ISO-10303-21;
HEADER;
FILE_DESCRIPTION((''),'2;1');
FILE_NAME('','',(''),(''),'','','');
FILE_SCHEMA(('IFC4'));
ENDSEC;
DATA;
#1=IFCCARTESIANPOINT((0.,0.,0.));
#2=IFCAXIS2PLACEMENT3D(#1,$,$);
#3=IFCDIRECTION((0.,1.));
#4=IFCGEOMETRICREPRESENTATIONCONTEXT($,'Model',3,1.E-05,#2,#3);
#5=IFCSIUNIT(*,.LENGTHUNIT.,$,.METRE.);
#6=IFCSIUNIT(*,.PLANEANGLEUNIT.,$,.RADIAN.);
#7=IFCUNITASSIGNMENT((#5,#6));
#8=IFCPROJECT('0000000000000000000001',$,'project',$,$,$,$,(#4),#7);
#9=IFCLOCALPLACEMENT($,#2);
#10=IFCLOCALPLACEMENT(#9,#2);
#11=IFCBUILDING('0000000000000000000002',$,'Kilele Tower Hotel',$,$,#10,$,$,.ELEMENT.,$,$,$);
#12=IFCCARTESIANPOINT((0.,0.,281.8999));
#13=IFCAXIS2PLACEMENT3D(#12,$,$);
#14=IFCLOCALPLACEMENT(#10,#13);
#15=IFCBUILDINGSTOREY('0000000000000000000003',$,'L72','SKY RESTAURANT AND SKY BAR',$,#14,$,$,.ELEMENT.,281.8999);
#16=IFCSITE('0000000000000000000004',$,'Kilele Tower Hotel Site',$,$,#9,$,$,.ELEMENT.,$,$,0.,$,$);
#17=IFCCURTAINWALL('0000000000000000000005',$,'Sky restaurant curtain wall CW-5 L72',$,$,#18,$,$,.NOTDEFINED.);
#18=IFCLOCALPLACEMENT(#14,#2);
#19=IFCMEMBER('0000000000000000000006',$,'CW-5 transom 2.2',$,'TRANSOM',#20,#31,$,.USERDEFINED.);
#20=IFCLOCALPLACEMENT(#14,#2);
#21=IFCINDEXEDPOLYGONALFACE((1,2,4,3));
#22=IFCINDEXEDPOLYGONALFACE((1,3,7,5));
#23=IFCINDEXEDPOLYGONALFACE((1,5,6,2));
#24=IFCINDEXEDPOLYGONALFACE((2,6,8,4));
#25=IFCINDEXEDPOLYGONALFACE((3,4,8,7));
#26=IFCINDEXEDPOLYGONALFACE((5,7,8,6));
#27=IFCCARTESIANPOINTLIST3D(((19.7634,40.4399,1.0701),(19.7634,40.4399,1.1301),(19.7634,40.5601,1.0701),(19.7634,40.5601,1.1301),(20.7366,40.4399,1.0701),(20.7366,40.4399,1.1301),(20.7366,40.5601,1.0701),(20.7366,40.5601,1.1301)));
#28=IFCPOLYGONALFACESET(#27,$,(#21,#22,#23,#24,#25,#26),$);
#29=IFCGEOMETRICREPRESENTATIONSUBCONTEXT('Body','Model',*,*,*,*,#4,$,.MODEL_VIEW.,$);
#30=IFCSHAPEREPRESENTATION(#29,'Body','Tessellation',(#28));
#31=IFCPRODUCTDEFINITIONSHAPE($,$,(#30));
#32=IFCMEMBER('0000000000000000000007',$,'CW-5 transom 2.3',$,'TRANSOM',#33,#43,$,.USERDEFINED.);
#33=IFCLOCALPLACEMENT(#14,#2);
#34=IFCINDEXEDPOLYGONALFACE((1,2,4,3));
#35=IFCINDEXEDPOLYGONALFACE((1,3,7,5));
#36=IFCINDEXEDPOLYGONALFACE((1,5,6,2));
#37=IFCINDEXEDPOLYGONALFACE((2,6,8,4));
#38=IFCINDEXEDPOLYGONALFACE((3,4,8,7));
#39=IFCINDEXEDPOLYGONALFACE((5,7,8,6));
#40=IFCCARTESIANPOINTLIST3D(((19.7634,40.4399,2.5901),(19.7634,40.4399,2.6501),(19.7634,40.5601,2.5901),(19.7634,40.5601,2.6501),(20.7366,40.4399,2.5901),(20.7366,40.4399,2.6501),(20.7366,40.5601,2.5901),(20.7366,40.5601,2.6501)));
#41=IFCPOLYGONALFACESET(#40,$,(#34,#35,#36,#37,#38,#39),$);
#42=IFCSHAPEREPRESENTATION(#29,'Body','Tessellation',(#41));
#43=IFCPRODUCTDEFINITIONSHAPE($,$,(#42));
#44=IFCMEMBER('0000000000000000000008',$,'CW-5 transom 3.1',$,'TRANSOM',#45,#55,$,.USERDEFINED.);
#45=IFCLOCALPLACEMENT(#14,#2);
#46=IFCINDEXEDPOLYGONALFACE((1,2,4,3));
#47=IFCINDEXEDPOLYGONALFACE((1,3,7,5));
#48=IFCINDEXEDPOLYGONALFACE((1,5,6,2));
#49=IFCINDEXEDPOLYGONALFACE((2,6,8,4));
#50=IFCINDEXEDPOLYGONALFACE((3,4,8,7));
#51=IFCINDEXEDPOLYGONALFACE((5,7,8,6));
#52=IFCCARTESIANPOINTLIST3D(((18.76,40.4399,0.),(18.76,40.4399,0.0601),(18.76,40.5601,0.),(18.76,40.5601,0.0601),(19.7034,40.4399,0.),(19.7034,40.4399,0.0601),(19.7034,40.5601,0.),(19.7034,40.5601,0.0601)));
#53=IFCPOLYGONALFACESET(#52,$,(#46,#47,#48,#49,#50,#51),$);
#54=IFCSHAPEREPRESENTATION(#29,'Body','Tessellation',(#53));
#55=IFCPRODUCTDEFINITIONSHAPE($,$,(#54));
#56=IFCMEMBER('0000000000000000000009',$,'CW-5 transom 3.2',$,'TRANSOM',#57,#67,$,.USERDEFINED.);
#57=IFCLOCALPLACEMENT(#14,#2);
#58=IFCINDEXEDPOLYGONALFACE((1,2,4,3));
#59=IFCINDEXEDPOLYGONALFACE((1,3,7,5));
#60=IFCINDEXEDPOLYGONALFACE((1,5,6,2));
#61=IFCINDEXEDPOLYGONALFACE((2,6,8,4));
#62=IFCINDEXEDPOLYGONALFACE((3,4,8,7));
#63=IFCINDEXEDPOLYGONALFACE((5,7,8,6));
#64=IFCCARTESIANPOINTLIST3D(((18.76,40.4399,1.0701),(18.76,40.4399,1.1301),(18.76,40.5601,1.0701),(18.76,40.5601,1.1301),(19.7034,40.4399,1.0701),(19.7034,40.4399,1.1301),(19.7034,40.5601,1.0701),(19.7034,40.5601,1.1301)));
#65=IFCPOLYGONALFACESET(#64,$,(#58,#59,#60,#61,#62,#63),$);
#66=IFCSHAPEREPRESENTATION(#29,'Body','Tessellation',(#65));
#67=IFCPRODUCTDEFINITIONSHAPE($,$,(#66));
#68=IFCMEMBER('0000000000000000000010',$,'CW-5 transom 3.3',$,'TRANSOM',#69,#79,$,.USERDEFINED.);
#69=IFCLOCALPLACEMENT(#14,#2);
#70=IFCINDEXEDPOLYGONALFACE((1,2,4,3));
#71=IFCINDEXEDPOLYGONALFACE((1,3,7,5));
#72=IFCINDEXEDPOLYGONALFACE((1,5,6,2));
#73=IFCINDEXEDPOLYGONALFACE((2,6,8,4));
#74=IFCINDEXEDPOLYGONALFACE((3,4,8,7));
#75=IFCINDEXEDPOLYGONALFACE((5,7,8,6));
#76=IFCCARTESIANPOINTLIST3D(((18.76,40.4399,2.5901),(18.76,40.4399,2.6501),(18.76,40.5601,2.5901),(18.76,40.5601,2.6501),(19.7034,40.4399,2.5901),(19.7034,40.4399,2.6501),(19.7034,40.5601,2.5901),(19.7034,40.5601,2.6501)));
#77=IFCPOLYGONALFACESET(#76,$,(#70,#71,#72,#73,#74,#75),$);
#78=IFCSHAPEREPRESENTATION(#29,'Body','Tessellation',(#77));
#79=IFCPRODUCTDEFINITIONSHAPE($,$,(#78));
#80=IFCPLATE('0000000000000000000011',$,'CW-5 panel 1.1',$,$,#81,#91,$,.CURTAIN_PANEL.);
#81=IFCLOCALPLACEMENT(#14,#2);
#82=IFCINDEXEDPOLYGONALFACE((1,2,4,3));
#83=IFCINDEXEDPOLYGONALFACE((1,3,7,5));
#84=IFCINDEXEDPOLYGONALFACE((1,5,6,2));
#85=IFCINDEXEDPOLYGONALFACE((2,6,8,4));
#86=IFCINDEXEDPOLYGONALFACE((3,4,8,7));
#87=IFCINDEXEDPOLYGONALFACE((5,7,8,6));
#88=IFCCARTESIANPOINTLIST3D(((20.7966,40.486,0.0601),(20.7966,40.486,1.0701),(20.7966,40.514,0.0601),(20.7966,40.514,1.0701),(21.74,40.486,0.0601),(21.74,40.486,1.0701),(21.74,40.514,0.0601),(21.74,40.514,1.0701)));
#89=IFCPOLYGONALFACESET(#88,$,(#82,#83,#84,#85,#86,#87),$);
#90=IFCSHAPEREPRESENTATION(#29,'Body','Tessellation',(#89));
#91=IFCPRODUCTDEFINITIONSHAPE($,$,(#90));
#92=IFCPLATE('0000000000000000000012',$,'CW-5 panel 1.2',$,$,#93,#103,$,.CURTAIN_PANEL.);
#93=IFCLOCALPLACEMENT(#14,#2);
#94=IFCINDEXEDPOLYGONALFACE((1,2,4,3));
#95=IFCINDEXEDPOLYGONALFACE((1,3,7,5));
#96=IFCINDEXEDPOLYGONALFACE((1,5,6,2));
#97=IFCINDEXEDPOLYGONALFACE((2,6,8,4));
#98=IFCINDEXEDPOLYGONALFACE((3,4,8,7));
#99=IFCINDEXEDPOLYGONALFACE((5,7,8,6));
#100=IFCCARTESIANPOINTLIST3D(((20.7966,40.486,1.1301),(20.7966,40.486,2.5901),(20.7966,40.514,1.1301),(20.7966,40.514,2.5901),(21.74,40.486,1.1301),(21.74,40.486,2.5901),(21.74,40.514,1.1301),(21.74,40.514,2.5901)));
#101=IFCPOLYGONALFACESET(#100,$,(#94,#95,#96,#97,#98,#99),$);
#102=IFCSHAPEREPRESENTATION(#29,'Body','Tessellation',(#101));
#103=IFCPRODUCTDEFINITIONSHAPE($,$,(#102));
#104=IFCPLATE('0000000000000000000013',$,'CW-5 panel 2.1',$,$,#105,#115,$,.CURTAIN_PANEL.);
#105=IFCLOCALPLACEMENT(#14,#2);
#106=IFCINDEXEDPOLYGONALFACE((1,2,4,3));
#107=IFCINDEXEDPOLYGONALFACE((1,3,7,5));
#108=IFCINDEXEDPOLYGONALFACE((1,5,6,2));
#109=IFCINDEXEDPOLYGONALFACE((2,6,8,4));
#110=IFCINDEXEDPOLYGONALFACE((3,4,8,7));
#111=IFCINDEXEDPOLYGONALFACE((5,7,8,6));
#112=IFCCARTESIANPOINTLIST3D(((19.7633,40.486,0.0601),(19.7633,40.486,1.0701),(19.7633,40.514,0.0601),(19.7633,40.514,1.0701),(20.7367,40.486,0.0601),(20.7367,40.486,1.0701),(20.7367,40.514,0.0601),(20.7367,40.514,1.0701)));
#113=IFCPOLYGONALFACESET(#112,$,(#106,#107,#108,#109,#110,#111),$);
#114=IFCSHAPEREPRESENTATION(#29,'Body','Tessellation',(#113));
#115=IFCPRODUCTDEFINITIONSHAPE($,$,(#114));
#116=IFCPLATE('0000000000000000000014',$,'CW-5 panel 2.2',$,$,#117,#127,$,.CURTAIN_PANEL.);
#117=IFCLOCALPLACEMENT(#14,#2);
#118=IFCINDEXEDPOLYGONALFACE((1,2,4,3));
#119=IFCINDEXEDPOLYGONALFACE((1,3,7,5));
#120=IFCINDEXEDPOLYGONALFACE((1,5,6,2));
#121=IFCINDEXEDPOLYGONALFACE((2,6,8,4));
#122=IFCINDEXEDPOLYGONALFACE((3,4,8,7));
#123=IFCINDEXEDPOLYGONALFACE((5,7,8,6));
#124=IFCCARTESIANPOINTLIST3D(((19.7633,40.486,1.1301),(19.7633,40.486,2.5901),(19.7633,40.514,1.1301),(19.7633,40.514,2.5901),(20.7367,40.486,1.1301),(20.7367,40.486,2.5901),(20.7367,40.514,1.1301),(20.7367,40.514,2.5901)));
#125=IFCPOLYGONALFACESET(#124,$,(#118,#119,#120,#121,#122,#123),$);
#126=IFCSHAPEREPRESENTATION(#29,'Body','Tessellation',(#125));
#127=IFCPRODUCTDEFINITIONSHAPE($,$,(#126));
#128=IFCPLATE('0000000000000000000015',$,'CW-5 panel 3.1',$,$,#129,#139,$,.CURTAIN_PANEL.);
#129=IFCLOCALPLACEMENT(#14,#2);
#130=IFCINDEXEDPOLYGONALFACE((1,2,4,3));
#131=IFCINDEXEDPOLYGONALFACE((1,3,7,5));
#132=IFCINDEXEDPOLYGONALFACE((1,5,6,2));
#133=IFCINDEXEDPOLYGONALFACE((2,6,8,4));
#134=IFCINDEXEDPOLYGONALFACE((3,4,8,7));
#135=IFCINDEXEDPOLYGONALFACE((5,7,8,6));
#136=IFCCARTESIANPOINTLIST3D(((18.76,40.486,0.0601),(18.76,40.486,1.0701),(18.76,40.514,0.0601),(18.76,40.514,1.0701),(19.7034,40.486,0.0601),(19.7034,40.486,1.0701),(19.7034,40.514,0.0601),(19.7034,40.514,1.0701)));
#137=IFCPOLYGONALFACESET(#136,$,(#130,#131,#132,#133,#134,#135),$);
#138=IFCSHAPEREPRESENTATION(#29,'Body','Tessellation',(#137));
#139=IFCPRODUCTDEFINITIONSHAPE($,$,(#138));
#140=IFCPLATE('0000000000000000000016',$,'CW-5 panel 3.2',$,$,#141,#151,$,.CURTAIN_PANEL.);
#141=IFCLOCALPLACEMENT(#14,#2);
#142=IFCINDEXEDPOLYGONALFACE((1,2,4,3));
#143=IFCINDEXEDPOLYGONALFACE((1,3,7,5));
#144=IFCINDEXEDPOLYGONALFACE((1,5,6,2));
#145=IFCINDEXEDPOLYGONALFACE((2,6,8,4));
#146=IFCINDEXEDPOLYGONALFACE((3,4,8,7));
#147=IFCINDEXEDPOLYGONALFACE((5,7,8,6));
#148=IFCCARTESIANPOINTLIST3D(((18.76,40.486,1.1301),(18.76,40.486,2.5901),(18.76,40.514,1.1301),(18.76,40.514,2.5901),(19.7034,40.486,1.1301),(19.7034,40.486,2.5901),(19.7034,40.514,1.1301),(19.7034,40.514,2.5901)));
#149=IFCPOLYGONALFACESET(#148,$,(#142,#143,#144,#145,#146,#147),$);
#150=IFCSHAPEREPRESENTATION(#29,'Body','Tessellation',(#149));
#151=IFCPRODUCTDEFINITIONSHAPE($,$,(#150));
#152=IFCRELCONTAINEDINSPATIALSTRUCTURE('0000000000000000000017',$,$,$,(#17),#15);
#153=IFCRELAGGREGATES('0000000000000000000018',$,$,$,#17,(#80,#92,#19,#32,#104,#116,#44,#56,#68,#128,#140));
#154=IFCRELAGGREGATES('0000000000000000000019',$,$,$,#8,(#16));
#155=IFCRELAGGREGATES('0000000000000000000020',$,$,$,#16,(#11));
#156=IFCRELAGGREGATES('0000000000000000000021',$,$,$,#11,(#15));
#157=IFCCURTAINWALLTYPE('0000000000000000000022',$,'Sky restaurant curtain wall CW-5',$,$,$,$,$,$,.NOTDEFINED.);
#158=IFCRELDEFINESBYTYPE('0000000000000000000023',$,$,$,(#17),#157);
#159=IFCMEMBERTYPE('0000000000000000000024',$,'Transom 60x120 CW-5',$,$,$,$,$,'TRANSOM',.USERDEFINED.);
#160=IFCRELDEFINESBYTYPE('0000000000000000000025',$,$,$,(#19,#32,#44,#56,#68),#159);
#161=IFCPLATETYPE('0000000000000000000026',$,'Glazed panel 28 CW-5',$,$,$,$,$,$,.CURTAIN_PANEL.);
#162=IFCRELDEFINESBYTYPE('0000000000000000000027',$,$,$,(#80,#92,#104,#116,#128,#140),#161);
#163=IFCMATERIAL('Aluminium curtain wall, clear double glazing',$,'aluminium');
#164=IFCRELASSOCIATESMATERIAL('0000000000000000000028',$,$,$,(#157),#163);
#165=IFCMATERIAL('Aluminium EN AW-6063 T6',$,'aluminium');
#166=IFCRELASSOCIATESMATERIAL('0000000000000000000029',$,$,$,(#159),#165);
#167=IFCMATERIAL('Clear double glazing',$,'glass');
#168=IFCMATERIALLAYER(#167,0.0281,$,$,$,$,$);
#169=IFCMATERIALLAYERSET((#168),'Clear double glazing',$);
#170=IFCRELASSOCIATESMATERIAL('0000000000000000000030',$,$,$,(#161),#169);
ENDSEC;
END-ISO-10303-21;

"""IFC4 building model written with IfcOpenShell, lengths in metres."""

from ifc_helpers import new_model, si_unit, direction, frame, origin, origin_2d, place, context, subcontext, project, spatial, rectangle, extrude, material, layer, layer_set, material_profile, profile_set, type_object, element, aggregate, save


model = new_model("IFC4")

# Units and contexts
model_context = context("Model", 3, precision=1e-05, world=origin(), true_north=direction((0.0, 1.0)))
body_context = subcontext(model_context, "Body", "Model", "MODEL_VIEW")
ifc_project = project(units=[si_unit("LENGTHUNIT", "METRE"), si_unit("PLANEANGLEUNIT", "RADIAN")], contexts=[model_context])

# Site, building, storey
site_placement = place(None, origin())
site = spatial("IfcSite", under=ifc_project, at=site_placement, Name="Kilele Tower Hotel Site", CompositionType="ELEMENT", RefElevation=0.0)
building_placement = place(site_placement, origin())
building = spatial("IfcBuilding", under=site, at=building_placement, Name="Kilele Tower Hotel", CompositionType="ELEMENT")
storey_placement = place(building_placement, frame((0.0, 0.0, 281.8999)))
storey = spatial("IfcBuildingStorey", under=building, at=storey_placement, Name="L72", Description="SKY RESTAURANT AND SKY BAR", CompositionType="ELEMENT", Elevation=281.8999)

# Curtain wall
ifc_material_1 = material(Name="Aluminium curtain wall, clear double glazing", Category="aluminium")
curtain_wall_type = type_object("IfcCurtainWallType", Name="Sky restaurant curtain wall CW-5", PredefinedType="NOTDEFINED", material=ifc_material_1)
curtain_wall_1_placement = place(storey_placement, origin())
curtain_wall_1 = element("IfcCurtainWall", 1, at=curtain_wall_1_placement, inside=storey, type_object=curtain_wall_type, Name="Sky restaurant curtain wall CW-5 L72", PredefinedType="NOTDEFINED")

# Members
ifc_material_2 = material(Name="Aluminium EN AW-6063 T6", Category="aluminium")
ifc_material_profile_1 = material_profile(ifc_material_2, rectangle(XDim=0.1201, YDim=0.0601, at=origin_2d()))
ifc_profile_set_1 = profile_set([ifc_material_profile_1], Name="Aluminium EN AW-6063 T6")
member_type_1 = type_object("IfcMemberType", Name="Transom 60x120 CW-5", ElementType="TRANSOM", PredefinedType="USERDEFINED", material=ifc_profile_set_1)
member_1_placement = place(storey_placement, frame((20.7366, 40.5, 1.1001), z_axis=(-1.0, 0.0, 0.0), x_axis=(0.0, -1.0, 0.0)))
member_1 = element("IfcMember", 2, at=member_1_placement, type_object=member_type_1, Name="CW-5 transom 2.2", ObjectType="TRANSOM", PredefinedType="USERDEFINED", context=body_context, shape_type="SweptSolid", body=[
    extrude(rectangle(XDim=0.1201, YDim=0.0601, at=origin_2d()), origin(), (0.0, 0.0, 1.0), 0.9731),
])
member_2_placement = place(storey_placement, frame((20.7366, 40.5, 2.6201), z_axis=(-1.0, 0.0, 0.0), x_axis=(0.0, -1.0, 0.0)))
member_2 = element("IfcMember", 3, at=member_2_placement, type_object=member_type_1, Name="CW-5 transom 2.3", ObjectType="TRANSOM", PredefinedType="USERDEFINED", context=body_context, shape_type="SweptSolid", body=[
    extrude(rectangle(XDim=0.1201, YDim=0.0601, at=origin_2d()), origin(), (0.0, 0.0, 1.0), 0.9731),
])
member_3_placement = place(storey_placement, frame((19.7034, 40.5, 0.03), z_axis=(-1.0, 0.0, 0.0), x_axis=(0.0, -1.0, 0.0)))
member_3 = element("IfcMember", 4, at=member_3_placement, type_object=member_type_1, Name="CW-5 transom 3.1", ObjectType="TRANSOM", PredefinedType="USERDEFINED", context=body_context, shape_type="SweptSolid", body=[
    extrude(rectangle(XDim=0.1201, YDim=0.0601, at=origin_2d()), origin(), (0.0, 0.0, 1.0), 0.9434),
])
member_4_placement = place(storey_placement, frame((19.7034, 40.5, 1.1001), z_axis=(-1.0, 0.0, 0.0), x_axis=(0.0, -1.0, 0.0)))
member_4 = element("IfcMember", 5, at=member_4_placement, type_object=member_type_1, Name="CW-5 transom 3.2", ObjectType="TRANSOM", PredefinedType="USERDEFINED", context=body_context, shape_type="SweptSolid", body=[
    extrude(rectangle(XDim=0.1201, YDim=0.0601, at=origin_2d()), origin(), (0.0, 0.0, 1.0), 0.9434),
])
member_5_placement = place(storey_placement, frame((19.7034, 40.5, 2.6201), z_axis=(-1.0, 0.0, 0.0), x_axis=(0.0, -1.0, 0.0)))
member_5 = element("IfcMember", 6, at=member_5_placement, type_object=member_type_1, Name="CW-5 transom 3.3", ObjectType="TRANSOM", PredefinedType="USERDEFINED", context=body_context, shape_type="SweptSolid", body=[
    extrude(rectangle(XDim=0.1201, YDim=0.0601, at=origin_2d()), origin(), (0.0, 0.0, 1.0), 0.9434),
])

# Plates
ifc_material_3 = material(Name="Clear double glazing", Category="glass")
ifc_layer = layer(ifc_material_3, 0.0281)
ifc_layer_set = layer_set([ifc_layer], Name="Clear double glazing")
plate_type = type_object("IfcPlateType", Name="Glazed panel 28 CW-5", PredefinedType="CURTAIN_PANEL", material=ifc_layer_set)
plate_1_placement = place(storey_placement, frame((21.2683, 40.5, 0.0601), z_axis=(0.0, 0.0, 1.0), x_axis=(-1.0, 0.0, 0.0)))
plate_1 = element("IfcPlate", 7, at=plate_1_placement, type_object=plate_type, Name="CW-5 panel 1.1", PredefinedType="CURTAIN_PANEL", context=body_context, shape_type="SweptSolid", body=[
    extrude(rectangle(XDim=0.9434, YDim=0.0281, at=origin_2d()), origin(), (0.0, 0.0, 1.0), 1.01),
])
plate_2_placement = place(storey_placement, frame((21.2683, 40.5, 1.1301), z_axis=(0.0, 0.0, 1.0), x_axis=(-1.0, 0.0, 0.0)))
plate_2 = element("IfcPlate", 8, at=plate_2_placement, type_object=plate_type, Name="CW-5 panel 1.2", PredefinedType="CURTAIN_PANEL", context=body_context, shape_type="SweptSolid", body=[
    extrude(rectangle(XDim=0.9434, YDim=0.0281, at=origin_2d()), origin(), (0.0, 0.0, 1.0), 1.46),
])
plate_3_placement = place(storey_placement, frame((20.25, 40.5, 0.0601), z_axis=(0.0, 0.0, 1.0), x_axis=(-1.0, 0.0, 0.0)))
plate_3 = element("IfcPlate", 9, at=plate_3_placement, type_object=plate_type, Name="CW-5 panel 2.1", PredefinedType="CURTAIN_PANEL", context=body_context, shape_type="SweptSolid", body=[
    extrude(rectangle(XDim=0.9734, YDim=0.0281, at=origin_2d()), origin(), (0.0, 0.0, 1.0), 1.01),
])
plate_4_placement = place(storey_placement, frame((20.25, 40.5, 1.1301), z_axis=(0.0, 0.0, 1.0), x_axis=(-1.0, 0.0, 0.0)))
plate_4 = element("IfcPlate", 10, at=plate_4_placement, type_object=plate_type, Name="CW-5 panel 2.2", PredefinedType="CURTAIN_PANEL", context=body_context, shape_type="SweptSolid", body=[
    extrude(rectangle(XDim=0.9734, YDim=0.0281, at=origin_2d()), origin(), (0.0, 0.0, 1.0), 1.46),
])
plate_5_placement = place(storey_placement, frame((19.2317, 40.5, 0.0601), z_axis=(0.0, 0.0, 1.0), x_axis=(-1.0, 0.0, 0.0)))
plate_5 = element("IfcPlate", 11, at=plate_5_placement, type_object=plate_type, Name="CW-5 panel 3.1", PredefinedType="CURTAIN_PANEL", context=body_context, shape_type="SweptSolid", body=[
    extrude(rectangle(XDim=0.9434, YDim=0.0281, at=origin_2d()), origin(), (0.0, 0.0, 1.0), 1.01),
])
plate_6_placement = place(storey_placement, frame((19.2317, 40.5, 1.1301), z_axis=(0.0, 0.0, 1.0), x_axis=(-1.0, 0.0, 0.0)))
plate_6 = element("IfcPlate", 12, at=plate_6_placement, type_object=plate_type, Name="CW-5 panel 3.2", PredefinedType="CURTAIN_PANEL", context=body_context, shape_type="SweptSolid", body=[
    extrude(rectangle(XDim=0.9434, YDim=0.0281, at=origin_2d()), origin(), (0.0, 0.0, 1.0), 1.46),
])
aggregate(curtain_wall_1, [plate_1, plate_2, member_1, member_2, plate_3, plate_4, member_3, member_4, member_5, plate_5, plate_6])

save(model, "model.ifc")
